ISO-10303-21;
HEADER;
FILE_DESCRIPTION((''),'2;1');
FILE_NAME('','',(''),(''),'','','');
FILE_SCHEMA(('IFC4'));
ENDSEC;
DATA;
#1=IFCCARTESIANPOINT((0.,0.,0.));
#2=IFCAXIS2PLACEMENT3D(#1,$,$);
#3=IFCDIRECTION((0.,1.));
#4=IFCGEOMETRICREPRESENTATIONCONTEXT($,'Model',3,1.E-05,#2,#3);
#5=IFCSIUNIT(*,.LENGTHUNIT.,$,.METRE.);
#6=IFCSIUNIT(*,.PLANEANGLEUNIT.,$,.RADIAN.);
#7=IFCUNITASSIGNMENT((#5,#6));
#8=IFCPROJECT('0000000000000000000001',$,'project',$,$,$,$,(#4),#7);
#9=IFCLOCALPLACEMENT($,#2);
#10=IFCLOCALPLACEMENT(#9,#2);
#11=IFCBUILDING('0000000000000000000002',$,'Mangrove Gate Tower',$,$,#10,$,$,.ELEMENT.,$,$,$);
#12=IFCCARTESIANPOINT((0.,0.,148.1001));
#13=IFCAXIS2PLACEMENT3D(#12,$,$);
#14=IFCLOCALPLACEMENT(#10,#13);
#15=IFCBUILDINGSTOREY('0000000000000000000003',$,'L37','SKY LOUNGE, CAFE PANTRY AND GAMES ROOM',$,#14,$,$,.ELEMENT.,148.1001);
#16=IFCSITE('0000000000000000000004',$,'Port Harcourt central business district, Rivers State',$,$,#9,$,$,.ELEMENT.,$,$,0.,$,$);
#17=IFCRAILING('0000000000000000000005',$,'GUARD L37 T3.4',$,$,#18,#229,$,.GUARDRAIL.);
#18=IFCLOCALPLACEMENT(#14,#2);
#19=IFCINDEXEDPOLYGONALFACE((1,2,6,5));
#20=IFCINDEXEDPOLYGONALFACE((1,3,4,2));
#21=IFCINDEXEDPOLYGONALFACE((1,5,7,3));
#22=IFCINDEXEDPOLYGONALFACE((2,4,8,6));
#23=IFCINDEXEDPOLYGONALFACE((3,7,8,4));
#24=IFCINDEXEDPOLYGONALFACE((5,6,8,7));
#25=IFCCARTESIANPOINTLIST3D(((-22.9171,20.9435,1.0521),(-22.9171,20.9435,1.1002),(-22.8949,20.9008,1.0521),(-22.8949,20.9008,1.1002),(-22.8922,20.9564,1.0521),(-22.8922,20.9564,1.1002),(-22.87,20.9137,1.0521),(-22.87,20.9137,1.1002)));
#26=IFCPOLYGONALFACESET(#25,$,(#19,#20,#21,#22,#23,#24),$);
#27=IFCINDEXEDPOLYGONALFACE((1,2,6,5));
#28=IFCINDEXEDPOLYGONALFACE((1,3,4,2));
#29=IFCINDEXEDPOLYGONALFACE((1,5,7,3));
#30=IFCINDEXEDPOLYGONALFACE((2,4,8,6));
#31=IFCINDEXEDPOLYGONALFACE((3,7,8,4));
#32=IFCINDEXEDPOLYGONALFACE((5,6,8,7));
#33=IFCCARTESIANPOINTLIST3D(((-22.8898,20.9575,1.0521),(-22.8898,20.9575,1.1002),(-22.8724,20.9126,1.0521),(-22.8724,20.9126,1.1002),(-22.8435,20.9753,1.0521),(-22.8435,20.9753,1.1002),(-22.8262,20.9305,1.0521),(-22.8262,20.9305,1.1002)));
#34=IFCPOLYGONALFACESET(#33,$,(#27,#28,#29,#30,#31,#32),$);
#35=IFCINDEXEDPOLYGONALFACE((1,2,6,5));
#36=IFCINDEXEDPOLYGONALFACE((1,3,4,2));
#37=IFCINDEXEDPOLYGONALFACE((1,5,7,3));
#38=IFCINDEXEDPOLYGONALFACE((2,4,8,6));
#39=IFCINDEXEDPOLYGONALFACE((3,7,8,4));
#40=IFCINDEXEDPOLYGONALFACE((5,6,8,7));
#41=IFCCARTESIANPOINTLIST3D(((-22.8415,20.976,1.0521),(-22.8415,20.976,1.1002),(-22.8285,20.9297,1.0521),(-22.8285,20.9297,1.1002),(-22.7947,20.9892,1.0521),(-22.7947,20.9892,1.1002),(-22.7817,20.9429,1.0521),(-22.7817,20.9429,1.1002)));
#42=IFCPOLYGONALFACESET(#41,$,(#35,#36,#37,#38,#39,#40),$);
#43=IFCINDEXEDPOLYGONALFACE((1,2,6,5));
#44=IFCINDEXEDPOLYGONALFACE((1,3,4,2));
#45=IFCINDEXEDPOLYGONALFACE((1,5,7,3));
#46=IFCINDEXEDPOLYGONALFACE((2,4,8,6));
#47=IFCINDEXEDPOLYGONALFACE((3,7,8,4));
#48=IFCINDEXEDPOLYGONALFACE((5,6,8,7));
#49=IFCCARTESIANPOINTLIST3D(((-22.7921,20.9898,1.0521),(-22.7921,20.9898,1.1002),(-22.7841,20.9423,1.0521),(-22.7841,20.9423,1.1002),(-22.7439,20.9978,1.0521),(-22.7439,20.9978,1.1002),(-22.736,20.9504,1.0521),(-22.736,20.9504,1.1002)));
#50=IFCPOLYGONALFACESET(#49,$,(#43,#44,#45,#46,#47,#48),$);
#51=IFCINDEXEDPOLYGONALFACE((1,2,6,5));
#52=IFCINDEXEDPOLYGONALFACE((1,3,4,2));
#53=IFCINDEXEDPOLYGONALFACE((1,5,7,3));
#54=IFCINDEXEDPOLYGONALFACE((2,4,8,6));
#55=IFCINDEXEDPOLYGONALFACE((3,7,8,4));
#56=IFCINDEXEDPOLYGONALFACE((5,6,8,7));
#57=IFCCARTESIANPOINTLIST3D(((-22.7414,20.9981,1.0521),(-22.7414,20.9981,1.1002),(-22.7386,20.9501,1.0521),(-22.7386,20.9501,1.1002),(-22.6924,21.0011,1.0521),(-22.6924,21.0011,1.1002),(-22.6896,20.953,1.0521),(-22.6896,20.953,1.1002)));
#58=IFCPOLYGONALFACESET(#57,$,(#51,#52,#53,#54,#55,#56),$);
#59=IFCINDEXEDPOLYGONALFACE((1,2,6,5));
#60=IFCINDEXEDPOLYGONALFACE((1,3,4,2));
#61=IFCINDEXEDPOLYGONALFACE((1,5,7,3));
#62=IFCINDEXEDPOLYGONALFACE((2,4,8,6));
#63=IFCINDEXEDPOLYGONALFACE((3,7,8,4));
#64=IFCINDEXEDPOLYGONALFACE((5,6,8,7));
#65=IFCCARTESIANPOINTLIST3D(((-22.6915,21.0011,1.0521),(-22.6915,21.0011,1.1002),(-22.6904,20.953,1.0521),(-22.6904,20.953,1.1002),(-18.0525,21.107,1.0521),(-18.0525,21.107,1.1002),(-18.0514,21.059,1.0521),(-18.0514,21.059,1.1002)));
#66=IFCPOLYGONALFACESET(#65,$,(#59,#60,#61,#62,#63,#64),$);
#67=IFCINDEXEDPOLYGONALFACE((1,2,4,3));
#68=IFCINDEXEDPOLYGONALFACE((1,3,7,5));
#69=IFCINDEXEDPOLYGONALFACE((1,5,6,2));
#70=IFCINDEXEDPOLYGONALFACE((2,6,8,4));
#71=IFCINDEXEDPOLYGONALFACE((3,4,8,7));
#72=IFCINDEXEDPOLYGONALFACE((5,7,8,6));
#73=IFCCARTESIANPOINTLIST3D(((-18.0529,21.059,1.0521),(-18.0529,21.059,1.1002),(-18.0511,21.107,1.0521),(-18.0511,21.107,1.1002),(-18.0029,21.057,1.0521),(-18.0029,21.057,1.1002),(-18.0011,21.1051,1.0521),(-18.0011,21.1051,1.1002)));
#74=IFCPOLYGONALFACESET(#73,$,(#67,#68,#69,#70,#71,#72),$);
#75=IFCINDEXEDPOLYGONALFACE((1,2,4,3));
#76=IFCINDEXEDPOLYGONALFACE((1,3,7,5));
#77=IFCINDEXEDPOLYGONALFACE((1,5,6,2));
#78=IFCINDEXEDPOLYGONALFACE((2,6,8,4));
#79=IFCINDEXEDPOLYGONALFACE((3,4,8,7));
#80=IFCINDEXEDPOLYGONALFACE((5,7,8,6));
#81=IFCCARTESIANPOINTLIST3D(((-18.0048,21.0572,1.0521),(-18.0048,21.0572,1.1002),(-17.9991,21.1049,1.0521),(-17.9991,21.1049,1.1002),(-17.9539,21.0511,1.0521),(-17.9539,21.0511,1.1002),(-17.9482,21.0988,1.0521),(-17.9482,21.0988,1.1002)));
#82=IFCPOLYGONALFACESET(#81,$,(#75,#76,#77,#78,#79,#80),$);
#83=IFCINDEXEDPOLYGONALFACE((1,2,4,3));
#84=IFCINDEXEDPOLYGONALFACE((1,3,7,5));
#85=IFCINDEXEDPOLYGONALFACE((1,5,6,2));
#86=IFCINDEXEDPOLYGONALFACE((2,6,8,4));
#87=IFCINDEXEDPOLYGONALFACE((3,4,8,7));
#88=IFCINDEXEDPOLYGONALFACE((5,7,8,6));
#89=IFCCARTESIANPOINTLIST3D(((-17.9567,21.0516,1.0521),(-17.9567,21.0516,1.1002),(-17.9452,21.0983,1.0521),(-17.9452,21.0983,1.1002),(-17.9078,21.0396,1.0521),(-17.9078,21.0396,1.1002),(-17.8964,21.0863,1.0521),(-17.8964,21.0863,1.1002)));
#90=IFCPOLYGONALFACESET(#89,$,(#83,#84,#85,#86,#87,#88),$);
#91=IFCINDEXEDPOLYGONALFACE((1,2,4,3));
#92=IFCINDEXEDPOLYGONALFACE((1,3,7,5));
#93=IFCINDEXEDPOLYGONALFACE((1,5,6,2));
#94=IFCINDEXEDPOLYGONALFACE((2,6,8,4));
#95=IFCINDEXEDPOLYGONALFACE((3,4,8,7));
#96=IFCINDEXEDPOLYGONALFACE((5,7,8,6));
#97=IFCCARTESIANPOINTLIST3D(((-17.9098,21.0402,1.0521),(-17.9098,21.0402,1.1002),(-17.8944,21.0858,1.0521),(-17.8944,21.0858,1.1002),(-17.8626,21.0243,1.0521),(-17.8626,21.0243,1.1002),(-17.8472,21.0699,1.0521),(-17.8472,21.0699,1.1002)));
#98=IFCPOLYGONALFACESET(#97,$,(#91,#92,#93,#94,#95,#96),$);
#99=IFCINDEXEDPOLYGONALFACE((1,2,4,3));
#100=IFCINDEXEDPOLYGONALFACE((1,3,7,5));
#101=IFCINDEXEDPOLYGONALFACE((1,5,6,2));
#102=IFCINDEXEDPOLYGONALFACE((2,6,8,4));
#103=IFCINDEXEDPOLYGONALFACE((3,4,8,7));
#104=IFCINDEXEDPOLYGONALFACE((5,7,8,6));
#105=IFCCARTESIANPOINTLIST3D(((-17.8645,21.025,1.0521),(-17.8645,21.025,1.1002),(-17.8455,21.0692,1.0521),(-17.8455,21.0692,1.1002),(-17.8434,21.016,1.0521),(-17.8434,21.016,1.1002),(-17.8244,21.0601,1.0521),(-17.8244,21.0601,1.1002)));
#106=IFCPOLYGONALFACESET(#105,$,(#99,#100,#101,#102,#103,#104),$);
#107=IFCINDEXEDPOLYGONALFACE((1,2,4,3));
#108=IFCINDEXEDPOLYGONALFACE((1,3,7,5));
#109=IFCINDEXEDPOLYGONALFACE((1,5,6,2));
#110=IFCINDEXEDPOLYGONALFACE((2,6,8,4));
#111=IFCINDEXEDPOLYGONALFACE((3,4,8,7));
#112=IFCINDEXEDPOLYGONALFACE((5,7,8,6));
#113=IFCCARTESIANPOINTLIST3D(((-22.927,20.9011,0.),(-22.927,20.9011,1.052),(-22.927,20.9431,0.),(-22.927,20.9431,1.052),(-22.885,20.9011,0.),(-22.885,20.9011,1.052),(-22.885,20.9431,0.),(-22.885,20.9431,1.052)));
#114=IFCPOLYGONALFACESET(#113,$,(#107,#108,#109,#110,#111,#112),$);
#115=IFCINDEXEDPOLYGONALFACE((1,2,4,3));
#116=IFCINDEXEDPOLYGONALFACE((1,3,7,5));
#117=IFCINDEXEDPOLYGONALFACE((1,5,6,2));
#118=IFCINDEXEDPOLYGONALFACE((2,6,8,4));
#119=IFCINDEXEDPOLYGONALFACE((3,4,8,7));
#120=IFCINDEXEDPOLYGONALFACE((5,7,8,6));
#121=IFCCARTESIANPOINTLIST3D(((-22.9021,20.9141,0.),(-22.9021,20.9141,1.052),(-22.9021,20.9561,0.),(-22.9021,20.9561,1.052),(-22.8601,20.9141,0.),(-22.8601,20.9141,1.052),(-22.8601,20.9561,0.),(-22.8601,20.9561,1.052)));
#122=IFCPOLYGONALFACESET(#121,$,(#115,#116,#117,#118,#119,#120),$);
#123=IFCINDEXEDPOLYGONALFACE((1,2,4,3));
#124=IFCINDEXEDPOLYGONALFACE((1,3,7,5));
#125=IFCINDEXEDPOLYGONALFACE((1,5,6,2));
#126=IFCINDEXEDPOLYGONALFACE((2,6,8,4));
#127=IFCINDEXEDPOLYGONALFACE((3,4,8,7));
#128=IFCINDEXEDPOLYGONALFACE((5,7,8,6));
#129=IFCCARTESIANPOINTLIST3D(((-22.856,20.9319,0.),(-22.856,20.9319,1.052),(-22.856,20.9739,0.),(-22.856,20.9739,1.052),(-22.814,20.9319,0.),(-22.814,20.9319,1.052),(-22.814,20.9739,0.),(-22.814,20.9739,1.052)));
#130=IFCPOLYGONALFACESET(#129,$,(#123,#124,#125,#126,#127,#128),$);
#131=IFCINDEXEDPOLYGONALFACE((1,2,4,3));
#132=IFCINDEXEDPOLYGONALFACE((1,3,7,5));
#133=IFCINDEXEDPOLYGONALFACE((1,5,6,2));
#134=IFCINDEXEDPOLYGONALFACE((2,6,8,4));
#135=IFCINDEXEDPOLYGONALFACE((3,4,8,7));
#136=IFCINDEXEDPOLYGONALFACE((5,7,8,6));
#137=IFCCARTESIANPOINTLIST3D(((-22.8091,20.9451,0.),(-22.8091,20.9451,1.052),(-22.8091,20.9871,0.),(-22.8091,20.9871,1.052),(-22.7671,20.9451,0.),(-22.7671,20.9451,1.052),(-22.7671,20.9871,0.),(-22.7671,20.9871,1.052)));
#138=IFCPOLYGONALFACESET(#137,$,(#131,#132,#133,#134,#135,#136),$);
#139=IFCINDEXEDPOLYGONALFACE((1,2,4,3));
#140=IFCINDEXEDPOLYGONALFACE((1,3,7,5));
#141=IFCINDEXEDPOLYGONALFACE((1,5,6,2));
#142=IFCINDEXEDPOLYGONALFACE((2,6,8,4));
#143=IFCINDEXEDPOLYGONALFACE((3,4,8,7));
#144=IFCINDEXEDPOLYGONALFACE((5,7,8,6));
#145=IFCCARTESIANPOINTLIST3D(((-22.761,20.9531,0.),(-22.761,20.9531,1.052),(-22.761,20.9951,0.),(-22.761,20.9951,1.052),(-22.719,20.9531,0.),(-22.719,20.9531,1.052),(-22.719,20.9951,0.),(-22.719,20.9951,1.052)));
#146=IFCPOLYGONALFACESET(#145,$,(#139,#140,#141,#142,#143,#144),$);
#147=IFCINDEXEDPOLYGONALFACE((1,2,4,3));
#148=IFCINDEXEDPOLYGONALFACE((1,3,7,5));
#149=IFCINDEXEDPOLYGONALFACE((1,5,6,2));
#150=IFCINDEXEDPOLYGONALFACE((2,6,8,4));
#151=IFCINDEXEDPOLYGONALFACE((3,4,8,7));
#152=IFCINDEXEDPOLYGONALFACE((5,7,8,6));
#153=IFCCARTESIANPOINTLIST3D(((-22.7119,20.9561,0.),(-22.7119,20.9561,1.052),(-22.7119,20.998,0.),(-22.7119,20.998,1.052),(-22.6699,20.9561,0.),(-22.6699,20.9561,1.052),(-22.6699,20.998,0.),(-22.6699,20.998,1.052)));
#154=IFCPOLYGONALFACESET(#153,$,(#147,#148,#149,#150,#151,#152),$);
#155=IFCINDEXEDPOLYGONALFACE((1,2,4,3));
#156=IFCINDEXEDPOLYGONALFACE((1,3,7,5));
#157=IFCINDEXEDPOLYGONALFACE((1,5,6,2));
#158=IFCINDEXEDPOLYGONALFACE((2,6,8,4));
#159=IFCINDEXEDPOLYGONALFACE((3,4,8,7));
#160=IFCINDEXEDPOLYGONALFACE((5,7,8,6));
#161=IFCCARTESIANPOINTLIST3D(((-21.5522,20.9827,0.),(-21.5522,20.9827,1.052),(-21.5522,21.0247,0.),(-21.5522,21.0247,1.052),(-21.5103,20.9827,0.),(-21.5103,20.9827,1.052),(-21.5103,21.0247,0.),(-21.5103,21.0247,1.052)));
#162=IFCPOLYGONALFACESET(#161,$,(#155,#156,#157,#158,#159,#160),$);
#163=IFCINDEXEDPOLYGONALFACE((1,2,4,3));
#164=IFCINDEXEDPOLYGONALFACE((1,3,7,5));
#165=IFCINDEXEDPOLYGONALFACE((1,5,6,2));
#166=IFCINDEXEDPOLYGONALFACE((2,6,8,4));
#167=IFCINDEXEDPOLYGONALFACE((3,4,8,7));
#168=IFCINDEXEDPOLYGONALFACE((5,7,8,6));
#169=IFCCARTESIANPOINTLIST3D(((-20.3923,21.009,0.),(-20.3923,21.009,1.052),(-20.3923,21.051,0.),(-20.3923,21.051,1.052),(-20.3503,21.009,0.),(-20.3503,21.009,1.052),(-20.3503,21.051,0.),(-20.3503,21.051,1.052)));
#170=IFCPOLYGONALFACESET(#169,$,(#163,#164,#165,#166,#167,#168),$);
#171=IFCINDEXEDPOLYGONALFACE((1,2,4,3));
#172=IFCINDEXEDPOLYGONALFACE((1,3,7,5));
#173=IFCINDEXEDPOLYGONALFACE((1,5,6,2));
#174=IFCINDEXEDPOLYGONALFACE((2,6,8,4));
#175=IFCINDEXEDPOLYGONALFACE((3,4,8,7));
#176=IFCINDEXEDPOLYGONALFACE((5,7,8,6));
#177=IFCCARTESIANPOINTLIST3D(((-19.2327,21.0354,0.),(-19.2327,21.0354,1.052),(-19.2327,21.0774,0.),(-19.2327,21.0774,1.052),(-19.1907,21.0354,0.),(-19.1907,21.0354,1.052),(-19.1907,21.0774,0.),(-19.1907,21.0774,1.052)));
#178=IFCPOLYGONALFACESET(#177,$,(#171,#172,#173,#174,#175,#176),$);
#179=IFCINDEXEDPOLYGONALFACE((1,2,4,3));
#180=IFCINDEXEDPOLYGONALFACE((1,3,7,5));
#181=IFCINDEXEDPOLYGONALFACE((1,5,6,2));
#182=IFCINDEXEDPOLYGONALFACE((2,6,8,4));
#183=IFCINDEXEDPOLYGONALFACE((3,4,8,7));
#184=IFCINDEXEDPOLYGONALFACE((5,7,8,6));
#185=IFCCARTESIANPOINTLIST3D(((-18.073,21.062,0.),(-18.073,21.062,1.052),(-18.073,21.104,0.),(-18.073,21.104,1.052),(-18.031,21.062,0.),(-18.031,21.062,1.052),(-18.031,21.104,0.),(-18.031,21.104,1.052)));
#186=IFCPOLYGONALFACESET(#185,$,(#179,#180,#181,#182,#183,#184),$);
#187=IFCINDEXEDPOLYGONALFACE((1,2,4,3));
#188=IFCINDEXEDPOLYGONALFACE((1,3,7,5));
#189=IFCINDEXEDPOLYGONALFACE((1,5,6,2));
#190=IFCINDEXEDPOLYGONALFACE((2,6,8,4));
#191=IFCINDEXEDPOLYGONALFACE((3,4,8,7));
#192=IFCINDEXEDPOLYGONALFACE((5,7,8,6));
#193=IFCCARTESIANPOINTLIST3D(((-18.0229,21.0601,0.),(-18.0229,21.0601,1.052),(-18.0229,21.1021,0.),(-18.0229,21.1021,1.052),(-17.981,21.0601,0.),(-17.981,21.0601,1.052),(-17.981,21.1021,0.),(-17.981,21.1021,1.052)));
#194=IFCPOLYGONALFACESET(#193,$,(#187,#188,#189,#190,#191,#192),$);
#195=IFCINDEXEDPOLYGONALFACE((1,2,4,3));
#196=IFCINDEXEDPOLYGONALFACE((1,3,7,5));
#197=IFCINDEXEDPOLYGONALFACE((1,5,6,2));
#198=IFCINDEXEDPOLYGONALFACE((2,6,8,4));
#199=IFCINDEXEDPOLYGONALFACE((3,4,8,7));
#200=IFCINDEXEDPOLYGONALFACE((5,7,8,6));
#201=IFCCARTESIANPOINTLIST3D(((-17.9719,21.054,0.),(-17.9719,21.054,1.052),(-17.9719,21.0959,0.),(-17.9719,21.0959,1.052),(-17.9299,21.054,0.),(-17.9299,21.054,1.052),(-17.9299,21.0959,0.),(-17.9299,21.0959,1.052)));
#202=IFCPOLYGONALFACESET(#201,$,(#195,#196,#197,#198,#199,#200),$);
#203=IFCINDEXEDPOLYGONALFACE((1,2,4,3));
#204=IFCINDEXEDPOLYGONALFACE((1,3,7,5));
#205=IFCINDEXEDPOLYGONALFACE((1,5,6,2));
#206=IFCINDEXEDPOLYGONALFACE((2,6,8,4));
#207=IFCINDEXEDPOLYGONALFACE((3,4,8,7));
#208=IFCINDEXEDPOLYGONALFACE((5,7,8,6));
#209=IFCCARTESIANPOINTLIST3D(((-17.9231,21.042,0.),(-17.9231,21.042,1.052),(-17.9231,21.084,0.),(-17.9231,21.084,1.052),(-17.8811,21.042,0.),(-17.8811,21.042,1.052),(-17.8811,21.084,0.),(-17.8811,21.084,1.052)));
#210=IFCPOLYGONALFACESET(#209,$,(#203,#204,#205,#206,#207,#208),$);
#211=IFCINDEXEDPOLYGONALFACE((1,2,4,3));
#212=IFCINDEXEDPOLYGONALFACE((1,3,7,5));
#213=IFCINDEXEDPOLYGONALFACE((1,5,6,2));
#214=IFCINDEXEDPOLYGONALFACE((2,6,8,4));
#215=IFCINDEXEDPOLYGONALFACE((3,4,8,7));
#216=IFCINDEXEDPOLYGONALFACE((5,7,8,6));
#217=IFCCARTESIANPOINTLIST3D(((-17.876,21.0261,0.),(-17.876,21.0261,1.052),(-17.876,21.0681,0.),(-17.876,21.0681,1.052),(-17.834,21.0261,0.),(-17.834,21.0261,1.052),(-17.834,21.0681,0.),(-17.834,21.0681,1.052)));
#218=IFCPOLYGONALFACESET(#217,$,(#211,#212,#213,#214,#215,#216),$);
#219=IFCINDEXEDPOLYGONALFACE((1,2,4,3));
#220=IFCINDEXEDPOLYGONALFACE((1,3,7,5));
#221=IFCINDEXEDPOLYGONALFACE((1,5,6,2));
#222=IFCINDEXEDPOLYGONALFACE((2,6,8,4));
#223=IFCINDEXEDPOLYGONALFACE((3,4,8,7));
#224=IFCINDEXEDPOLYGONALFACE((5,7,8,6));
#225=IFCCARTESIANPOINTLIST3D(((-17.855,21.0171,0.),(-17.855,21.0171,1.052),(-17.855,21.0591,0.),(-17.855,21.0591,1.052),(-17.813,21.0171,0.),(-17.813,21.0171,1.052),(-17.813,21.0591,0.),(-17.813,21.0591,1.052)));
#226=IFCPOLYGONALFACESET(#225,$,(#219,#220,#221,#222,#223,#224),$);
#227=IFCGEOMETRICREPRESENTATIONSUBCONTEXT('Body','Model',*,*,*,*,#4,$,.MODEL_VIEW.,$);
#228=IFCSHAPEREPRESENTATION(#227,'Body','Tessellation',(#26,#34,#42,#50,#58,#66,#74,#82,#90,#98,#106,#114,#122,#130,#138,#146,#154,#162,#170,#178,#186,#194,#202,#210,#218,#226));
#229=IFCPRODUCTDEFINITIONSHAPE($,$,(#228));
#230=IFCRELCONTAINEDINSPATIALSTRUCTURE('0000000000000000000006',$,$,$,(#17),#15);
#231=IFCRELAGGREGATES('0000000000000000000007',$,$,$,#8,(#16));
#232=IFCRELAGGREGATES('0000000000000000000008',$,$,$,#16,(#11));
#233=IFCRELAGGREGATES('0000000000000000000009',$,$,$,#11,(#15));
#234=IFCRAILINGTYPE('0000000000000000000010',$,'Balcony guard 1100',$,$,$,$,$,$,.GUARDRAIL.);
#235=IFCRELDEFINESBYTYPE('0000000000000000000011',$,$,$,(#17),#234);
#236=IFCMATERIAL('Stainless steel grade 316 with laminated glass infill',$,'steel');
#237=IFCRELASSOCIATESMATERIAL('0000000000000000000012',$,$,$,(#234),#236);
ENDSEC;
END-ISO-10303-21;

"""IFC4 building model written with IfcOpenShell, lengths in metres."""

from ifc_helpers import new_model, si_unit, direction, frame, origin, origin_2d, place, context, subcontext, project, spatial, rectangle, extrude, material, type_object, element, save


model = new_model("IFC4")

# Units and contexts
model_context = context("Model", 3, precision=1e-05, world=origin(), true_north=direction((0.0, 1.0)))
body_context = subcontext(model_context, "Body", "Model", "MODEL_VIEW")
ifc_project = project(units=[si_unit("LENGTHUNIT", "METRE"), si_unit("PLANEANGLEUNIT", "RADIAN")], contexts=[model_context])

# Site, building, storey
site_placement = place(None, origin())
site = spatial("IfcSite", under=ifc_project, at=site_placement, Name="Port Harcourt central business district, Rivers State", CompositionType="ELEMENT", RefElevation=0.0)
building_placement = place(site_placement, origin())
building = spatial("IfcBuilding", under=site, at=building_placement, Name="Mangrove Gate Tower", CompositionType="ELEMENT")
storey_placement = place(building_placement, frame((0.0, 0.0, 148.1001)))
storey = spatial("IfcBuildingStorey", under=building, at=storey_placement, Name="L37", Description="SKY LOUNGE, CAFE PANTRY AND GAMES ROOM", CompositionType="ELEMENT", Elevation=148.1001)

# Railing
ifc_material_1 = material(Name="Stainless steel grade 316 with laminated glass infill", Category="steel")
railing_type = type_object("IfcRailingType", Name="Balcony guard 1100", PredefinedType="GUARDRAIL", material=ifc_material_1)
railing_1_placement = place(storey_placement, frame((-22.906, 20.9221, 0.0)))
element("IfcRailing", 1, at=railing_1_placement, inside=storey, type_object=railing_type, Name="GUARD L37 T3.4", PredefinedType="GUARDRAIL", context=body_context, shape_type="SweptSolid", body=[
    extrude(rectangle(XDim=0.0481, YDim=0.0481, at=origin_2d()), frame((0.0, 0.0, 1.0762), z_axis=(0.887359, 0.461079, 0.0), x_axis=(-0.461079, 0.887359, 0.0)), (0.0, 0.0, 1.0), 0.0281),
    extrude(rectangle(XDim=0.0481, YDim=0.0481, at=origin_2d()), frame((0.0249, 0.0129, 1.0762), z_axis=(0.932836, 0.360302, 0.0), x_axis=(-0.360302, 0.932836, 0.0)), (0.0, 0.0, 1.0), 0.0496),
    extrude(rectangle(XDim=0.0481, YDim=0.0481, at=origin_2d()), frame((0.071, 0.0308, 1.0762), z_axis=(0.962651, 0.270746, 0.0), x_axis=(-0.270746, 0.962651, 0.0)), (0.0, 0.0, 1.0), 0.0486),
    extrude(rectangle(XDim=0.0481, YDim=0.0481, at=origin_2d()), frame((0.1179, 0.0439, 1.0762), z_axis=(0.986258, 0.165211, 0.0), x_axis=(-0.165211, 0.986258, 0.0)), (0.0, 0.0, 1.0), 0.0488),
    extrude(rectangle(XDim=0.0481, YDim=0.0481, at=origin_2d()), frame((0.166, 0.052, 1.0762), z_axis=(0.998223, 0.059595, 0.0), x_axis=(-0.059595, 0.998223, 0.0)), (0.0, 0.0, 1.0), 0.0491),
    extrude(rectangle(XDim=0.0481, YDim=0.0481, at=origin_2d()), frame((0.2151, 0.0549, 1.0762), z_axis=(0.999739, 0.022835, 0.0), x_axis=(-0.022835, 0.999739, 0.0)), (0.0, 0.0, 1.0), 4.6401),
    extrude(rectangle(XDim=0.0481, YDim=0.0481, at=origin_2d()), frame((4.854, 0.1609, 1.0762), z_axis=(0.999239, -0.038995, 0.0), x_axis=(0.038995, 0.999239, 0.0)), (0.0, 0.0, 1.0), 0.05),
    extrude(rectangle(XDim=0.0481, YDim=0.0481, at=origin_2d()), frame((4.9041, 0.1589, 1.0762), z_axis=(0.992922, -0.118771, 0.0), x_axis=(0.118771, 0.992922, 0.0)), (0.0, 0.0, 1.0), 0.0513),
    extrude(rectangle(XDim=0.0481, YDim=0.0481, at=origin_2d()), frame((4.9551, 0.1528, 1.0762), z_axis=(0.971274, -0.237962, 0.0), x_axis=(0.237962, 0.971274, 0.0)), (0.0, 0.0, 1.0), 0.0503),
    extrude(rectangle(XDim=0.0481, YDim=0.0481, at=origin_2d()), frame((5.0039, 0.1409, 1.0762), z_axis=(0.947697, -0.319172, 0.0), x_axis=(0.319172, 0.947697, 0.0)), (0.0, 0.0, 1.0), 0.0498),
    extrude(rectangle(XDim=0.0481, YDim=0.0481, at=origin_2d()), frame((5.051, 0.125, 1.0762), z_axis=(0.918592, -0.395208, 0.0), x_axis=(0.395208, 0.918592, 0.0)), (0.0, 0.0, 1.0), 0.0229),
    extrude(rectangle(XDim=0.042, YDim=0.042, at=origin_2d()), origin(), (0.0, 0.0, 1.0), 1.052),
    extrude(rectangle(XDim=0.042, YDim=0.042, at=origin_2d()), frame((0.0249, 0.0129, 0.0)), (0.0, 0.0, 1.0), 1.052),
    extrude(rectangle(XDim=0.042, YDim=0.042, at=origin_2d()), frame((0.071, 0.0308, 0.0)), (0.0, 0.0, 1.0), 1.052),
    extrude(rectangle(XDim=0.042, YDim=0.042, at=origin_2d()), frame((0.1179, 0.0439, 0.0)), (0.0, 0.0, 1.0), 1.052),
    extrude(rectangle(XDim=0.042, YDim=0.042, at=origin_2d()), frame((0.166, 0.052, 0.0)), (0.0, 0.0, 1.0), 1.052),
    extrude(rectangle(XDim=0.042, YDim=0.042, at=origin_2d()), frame((0.2151, 0.0549, 0.0)), (0.0, 0.0, 1.0), 1.052),
    extrude(rectangle(XDim=0.042, YDim=0.042, at=origin_2d()), frame((1.3748, 0.0815, 0.0)), (0.0, 0.0, 1.0), 1.052),
    extrude(rectangle(XDim=0.042, YDim=0.042, at=origin_2d()), frame((2.5347, 0.1079, 0.0)), (0.0, 0.0, 1.0), 1.052),
    extrude(rectangle(XDim=0.042, YDim=0.042, at=origin_2d()), frame((3.6943, 0.1343, 0.0)), (0.0, 0.0, 1.0), 1.052),
    extrude(rectangle(XDim=0.042, YDim=0.042, at=origin_2d()), frame((4.854, 0.1609, 0.0)), (0.0, 0.0, 1.0), 1.052),
    extrude(rectangle(XDim=0.042, YDim=0.042, at=origin_2d()), frame((4.9041, 0.1589, 0.0)), (0.0, 0.0, 1.0), 1.052),
    extrude(rectangle(XDim=0.042, YDim=0.042, at=origin_2d()), frame((4.9551, 0.1528, 0.0)), (0.0, 0.0, 1.0), 1.052),
    extrude(rectangle(XDim=0.042, YDim=0.042, at=origin_2d()), frame((5.0039, 0.1409, 0.0)), (0.0, 0.0, 1.0), 1.052),
    extrude(rectangle(XDim=0.042, YDim=0.042, at=origin_2d()), frame((5.051, 0.125, 0.0)), (0.0, 0.0, 1.0), 1.052),
    extrude(rectangle(XDim=0.042, YDim=0.042, at=origin_2d()), frame((5.072, 0.116, 0.0)), (0.0, 0.0, 1.0), 1.052),
])

save(model, "model.ifc")
